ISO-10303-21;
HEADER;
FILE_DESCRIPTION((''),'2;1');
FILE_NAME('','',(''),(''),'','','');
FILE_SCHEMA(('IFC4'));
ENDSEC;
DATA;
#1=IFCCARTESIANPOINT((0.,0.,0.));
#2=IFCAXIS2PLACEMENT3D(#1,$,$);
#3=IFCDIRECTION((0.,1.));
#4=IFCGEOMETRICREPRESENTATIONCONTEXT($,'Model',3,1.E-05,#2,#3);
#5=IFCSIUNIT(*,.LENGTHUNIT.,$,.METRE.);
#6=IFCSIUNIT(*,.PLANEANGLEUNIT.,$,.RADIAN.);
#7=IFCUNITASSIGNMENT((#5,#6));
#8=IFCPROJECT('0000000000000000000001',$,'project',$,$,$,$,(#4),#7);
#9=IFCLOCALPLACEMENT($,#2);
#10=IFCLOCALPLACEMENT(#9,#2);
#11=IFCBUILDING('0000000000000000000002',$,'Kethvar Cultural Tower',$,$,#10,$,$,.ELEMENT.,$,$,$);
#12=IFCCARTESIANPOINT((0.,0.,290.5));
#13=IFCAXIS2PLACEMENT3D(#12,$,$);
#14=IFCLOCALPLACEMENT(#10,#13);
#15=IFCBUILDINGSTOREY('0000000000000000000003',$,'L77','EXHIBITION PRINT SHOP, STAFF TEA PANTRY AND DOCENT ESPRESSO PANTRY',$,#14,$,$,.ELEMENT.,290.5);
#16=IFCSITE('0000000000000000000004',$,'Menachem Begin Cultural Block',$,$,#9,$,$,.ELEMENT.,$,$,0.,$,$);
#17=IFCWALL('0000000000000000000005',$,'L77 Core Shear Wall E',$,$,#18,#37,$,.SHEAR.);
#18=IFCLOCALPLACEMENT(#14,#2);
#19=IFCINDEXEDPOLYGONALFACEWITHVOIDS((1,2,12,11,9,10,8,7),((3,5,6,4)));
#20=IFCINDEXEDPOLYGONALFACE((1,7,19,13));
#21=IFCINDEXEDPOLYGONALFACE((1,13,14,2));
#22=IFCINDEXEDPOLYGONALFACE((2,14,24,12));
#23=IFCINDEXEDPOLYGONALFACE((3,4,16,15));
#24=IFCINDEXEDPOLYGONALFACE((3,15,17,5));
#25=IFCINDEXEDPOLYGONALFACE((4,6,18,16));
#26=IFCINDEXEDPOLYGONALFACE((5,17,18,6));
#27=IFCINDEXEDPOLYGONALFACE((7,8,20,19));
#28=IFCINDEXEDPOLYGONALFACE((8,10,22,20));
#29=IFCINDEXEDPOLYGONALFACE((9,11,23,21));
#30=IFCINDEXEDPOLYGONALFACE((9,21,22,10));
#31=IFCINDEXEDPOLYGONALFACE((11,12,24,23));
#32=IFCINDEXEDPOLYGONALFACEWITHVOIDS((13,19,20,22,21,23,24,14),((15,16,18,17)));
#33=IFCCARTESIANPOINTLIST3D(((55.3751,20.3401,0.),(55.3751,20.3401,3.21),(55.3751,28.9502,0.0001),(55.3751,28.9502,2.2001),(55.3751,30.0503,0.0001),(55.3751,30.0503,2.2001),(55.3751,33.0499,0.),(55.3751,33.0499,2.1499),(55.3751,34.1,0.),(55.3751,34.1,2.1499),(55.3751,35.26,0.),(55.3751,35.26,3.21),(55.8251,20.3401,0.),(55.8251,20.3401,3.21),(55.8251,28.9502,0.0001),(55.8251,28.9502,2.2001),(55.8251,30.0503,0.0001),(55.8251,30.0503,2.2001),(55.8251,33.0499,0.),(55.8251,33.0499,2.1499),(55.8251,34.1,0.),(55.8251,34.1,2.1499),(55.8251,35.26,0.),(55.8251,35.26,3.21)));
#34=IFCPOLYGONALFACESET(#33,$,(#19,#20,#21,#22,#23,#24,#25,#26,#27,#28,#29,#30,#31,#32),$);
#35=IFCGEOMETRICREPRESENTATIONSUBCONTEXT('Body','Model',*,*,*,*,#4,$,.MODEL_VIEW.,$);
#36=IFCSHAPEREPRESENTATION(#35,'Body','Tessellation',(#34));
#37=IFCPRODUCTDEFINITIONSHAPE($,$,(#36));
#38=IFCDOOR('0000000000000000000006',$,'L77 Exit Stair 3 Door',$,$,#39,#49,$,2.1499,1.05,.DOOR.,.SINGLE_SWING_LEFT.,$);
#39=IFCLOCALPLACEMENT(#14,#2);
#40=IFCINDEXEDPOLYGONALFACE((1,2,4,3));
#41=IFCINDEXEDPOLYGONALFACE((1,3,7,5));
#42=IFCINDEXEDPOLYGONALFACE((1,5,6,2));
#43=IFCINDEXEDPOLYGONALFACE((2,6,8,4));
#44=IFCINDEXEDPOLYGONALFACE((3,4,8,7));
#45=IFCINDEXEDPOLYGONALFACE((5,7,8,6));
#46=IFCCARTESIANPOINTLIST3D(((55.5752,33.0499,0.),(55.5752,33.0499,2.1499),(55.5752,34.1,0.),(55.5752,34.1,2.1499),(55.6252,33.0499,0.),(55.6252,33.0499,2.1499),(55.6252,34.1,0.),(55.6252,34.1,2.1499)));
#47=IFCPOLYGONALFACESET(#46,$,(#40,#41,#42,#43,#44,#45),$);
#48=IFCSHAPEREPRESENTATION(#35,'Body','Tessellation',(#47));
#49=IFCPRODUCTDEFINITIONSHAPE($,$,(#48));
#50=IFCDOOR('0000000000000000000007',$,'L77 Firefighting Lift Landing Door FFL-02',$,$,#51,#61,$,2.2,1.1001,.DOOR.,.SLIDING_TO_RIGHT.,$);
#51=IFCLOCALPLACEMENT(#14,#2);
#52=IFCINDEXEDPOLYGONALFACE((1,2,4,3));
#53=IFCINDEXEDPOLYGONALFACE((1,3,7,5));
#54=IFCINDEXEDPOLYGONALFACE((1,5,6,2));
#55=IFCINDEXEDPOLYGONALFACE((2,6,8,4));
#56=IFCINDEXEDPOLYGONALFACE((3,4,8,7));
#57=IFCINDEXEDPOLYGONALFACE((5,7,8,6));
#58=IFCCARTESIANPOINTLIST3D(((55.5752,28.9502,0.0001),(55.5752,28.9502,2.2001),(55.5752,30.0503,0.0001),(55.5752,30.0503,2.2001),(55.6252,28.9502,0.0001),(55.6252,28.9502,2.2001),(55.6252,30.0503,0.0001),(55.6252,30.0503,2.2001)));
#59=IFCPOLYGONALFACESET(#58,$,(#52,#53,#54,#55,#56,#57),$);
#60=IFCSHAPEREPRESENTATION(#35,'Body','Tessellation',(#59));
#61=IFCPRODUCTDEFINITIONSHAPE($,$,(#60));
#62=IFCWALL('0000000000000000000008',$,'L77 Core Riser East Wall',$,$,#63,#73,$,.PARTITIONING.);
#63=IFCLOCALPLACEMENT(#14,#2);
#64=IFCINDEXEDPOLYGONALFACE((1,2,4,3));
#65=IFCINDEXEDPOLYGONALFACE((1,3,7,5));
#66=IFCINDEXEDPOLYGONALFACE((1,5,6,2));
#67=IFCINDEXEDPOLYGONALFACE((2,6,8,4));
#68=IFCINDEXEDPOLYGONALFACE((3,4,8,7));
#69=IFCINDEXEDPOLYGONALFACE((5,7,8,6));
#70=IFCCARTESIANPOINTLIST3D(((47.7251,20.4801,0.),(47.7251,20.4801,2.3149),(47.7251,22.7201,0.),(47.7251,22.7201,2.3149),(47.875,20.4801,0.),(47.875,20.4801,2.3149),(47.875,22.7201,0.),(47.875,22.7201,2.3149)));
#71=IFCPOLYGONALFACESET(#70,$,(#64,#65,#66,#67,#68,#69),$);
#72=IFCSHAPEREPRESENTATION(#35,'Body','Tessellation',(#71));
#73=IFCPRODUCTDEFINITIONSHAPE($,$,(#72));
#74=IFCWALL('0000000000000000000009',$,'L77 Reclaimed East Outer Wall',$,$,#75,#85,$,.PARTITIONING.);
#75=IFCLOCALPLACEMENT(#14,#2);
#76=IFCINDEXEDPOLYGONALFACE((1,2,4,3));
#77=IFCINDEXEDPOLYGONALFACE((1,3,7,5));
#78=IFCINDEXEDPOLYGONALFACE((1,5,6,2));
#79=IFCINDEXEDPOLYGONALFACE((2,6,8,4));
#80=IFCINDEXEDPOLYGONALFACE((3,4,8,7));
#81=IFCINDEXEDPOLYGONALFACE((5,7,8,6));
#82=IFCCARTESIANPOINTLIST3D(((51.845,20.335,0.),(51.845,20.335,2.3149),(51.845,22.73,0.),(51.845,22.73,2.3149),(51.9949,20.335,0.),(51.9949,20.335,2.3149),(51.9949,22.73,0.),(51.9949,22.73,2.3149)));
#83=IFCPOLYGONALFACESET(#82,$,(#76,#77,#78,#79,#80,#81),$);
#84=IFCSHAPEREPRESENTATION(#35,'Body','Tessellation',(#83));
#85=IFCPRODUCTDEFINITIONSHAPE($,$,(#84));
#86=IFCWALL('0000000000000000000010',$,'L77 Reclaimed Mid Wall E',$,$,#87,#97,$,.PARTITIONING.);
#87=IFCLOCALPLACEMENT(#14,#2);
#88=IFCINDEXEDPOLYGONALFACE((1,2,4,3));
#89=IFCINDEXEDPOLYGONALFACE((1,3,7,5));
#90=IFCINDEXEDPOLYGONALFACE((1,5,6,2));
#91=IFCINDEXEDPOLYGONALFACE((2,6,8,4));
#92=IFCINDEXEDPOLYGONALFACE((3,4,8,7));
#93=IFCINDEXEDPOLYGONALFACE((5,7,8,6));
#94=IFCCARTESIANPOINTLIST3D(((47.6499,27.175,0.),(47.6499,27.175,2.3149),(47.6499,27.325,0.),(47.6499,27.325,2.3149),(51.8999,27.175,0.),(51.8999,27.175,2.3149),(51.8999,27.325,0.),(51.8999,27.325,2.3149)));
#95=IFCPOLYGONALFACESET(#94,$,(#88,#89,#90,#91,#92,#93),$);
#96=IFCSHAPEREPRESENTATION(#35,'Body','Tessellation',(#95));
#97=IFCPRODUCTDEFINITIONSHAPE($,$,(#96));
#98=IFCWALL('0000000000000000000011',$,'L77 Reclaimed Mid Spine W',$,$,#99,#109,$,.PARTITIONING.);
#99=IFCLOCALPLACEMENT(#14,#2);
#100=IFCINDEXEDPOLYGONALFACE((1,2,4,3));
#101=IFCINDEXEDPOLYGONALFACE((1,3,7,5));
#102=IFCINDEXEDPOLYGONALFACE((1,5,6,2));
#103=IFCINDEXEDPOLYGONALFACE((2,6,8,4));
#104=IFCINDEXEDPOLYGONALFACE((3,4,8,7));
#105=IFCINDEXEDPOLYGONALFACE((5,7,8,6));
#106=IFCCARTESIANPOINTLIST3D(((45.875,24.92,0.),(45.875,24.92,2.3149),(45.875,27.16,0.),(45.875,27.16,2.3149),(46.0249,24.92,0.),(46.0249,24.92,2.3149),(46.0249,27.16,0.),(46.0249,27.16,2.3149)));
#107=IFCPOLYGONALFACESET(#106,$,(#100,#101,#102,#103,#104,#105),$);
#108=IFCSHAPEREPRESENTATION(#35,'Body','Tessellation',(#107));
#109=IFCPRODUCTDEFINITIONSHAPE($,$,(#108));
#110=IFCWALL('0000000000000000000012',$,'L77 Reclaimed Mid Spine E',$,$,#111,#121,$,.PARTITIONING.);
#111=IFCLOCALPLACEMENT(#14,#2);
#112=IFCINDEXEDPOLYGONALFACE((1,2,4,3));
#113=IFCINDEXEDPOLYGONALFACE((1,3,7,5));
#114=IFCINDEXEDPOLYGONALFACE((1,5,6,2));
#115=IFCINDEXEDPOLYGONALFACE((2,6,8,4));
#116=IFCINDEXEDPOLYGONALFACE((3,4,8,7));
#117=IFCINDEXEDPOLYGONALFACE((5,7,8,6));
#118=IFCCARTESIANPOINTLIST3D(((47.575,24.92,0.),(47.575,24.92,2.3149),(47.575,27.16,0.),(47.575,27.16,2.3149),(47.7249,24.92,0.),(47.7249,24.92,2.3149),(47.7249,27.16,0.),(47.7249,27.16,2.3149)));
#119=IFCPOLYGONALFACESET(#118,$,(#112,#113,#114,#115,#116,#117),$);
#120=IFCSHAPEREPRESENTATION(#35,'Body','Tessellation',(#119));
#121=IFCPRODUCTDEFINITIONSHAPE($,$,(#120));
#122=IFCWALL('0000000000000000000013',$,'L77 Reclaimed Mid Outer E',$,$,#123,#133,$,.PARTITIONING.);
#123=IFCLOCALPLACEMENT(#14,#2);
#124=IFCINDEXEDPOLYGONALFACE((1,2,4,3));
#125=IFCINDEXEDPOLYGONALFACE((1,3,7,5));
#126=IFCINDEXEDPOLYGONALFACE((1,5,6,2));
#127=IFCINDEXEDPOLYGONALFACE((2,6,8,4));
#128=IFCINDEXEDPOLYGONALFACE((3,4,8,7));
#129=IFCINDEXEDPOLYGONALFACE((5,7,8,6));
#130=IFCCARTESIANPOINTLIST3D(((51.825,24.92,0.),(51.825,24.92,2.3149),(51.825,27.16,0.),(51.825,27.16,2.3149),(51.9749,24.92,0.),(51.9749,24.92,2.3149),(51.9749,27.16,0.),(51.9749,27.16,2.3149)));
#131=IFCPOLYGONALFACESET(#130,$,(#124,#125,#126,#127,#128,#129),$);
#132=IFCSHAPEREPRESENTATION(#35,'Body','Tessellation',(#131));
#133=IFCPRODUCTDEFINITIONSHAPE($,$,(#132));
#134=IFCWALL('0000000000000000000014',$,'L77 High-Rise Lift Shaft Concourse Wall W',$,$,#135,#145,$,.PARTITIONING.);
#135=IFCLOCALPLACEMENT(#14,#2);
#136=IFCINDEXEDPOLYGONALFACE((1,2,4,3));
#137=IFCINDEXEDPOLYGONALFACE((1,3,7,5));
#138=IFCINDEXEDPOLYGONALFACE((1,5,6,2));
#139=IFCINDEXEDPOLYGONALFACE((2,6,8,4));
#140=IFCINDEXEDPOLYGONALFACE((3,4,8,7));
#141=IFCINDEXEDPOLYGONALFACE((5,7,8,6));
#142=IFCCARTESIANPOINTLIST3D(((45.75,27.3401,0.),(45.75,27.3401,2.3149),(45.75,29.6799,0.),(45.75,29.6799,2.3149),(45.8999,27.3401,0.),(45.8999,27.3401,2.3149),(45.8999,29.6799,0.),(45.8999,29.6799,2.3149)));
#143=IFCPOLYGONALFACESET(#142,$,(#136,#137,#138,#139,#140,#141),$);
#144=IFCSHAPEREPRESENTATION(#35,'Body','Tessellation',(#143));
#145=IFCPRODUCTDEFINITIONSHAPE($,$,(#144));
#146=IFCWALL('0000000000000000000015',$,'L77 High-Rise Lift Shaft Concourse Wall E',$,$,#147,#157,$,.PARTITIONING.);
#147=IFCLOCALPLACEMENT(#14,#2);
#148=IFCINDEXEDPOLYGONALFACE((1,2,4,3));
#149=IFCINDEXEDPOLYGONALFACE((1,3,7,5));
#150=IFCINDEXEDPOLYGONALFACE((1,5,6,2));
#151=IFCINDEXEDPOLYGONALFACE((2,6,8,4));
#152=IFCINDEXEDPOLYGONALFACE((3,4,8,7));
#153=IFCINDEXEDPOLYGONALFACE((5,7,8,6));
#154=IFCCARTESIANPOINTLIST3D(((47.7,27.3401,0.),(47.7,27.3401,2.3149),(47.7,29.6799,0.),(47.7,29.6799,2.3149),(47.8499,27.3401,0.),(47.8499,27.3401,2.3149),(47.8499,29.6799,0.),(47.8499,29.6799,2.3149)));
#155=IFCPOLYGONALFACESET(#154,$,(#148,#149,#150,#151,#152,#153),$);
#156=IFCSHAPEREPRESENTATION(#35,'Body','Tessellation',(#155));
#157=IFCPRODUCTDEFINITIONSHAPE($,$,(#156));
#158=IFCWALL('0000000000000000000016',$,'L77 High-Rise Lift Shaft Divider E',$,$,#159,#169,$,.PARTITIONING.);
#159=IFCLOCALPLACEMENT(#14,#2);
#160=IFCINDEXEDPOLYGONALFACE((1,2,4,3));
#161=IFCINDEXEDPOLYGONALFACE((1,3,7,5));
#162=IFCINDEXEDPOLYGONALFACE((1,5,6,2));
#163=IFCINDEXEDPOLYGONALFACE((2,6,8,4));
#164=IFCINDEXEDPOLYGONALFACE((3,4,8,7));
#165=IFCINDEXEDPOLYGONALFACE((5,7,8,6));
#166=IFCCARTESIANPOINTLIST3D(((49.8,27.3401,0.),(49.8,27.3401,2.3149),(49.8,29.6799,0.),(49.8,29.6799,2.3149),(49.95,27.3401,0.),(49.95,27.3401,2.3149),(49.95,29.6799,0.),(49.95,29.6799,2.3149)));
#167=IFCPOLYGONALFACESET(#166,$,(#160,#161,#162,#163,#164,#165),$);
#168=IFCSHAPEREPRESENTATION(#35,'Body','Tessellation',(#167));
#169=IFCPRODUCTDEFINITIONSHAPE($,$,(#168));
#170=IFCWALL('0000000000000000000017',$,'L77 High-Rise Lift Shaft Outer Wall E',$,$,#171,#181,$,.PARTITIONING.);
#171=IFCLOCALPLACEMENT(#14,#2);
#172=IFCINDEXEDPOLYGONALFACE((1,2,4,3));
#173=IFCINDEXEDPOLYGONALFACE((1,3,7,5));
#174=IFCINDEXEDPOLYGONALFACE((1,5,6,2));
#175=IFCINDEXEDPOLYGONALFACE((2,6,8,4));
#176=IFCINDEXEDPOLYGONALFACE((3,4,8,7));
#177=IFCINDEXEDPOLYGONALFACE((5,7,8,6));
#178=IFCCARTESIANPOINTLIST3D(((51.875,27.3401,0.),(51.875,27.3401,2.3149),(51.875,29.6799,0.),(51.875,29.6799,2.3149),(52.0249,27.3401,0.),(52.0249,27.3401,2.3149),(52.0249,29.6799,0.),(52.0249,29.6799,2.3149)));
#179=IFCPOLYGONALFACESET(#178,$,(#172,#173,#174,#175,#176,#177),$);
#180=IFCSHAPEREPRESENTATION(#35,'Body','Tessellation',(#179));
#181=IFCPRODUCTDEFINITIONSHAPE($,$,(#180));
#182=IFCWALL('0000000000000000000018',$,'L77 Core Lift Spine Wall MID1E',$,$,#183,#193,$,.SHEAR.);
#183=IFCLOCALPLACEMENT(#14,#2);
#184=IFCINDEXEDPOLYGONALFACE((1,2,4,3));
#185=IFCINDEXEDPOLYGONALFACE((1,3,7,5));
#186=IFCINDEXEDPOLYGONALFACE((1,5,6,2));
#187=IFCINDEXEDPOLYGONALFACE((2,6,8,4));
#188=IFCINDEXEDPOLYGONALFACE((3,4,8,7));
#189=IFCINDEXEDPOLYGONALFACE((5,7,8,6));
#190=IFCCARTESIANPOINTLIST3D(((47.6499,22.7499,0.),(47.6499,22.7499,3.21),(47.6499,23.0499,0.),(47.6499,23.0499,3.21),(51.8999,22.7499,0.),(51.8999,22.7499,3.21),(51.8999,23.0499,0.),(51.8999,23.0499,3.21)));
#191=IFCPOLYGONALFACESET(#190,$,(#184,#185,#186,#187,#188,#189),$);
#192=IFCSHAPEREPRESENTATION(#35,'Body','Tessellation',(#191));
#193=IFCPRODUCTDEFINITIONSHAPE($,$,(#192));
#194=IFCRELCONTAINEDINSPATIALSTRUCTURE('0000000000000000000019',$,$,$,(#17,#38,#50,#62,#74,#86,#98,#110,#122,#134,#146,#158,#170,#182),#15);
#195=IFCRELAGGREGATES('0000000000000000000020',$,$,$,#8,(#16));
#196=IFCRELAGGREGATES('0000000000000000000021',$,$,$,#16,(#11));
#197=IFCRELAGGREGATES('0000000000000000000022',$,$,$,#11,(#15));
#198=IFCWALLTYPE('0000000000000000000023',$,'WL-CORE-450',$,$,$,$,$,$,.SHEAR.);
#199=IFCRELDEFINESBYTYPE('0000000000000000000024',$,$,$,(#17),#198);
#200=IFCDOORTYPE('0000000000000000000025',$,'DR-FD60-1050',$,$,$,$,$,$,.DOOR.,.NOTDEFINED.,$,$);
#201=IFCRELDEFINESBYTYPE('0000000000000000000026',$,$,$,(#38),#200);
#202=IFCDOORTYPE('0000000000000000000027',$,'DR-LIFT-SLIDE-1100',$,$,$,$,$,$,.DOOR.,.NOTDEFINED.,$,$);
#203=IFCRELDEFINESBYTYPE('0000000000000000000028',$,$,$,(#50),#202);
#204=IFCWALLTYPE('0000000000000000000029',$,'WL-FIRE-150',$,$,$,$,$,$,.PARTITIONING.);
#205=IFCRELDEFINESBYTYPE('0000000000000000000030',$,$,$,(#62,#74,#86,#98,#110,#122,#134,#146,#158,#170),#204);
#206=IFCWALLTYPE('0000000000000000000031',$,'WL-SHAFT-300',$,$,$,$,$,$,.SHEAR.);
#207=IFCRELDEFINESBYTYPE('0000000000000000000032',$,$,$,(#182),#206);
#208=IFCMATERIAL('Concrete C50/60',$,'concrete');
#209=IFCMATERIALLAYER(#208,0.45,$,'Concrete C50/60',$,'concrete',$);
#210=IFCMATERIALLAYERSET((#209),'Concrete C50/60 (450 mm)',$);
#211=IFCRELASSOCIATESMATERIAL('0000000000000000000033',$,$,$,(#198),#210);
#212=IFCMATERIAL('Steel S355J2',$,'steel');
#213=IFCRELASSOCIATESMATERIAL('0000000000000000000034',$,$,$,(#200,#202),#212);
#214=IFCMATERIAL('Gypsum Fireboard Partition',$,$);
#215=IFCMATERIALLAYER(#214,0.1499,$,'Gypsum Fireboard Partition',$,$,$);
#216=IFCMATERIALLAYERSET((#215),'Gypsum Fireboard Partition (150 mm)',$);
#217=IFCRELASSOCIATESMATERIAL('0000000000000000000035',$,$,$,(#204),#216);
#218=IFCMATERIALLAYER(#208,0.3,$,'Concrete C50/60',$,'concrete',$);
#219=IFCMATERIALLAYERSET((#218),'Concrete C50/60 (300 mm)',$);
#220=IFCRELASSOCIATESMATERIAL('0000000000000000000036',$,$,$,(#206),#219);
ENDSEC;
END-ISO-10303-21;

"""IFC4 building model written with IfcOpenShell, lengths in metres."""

from ifc_helpers import new_model, si_unit, direction, frame, frame_2d, origin, place, context, subcontext, project, spatial, rectangle, extrude, source, transform, mapped, material, layer, layer_set, type_object, element, fill, save


model = new_model("IFC4")

# Units and contexts
model_context = context("Model", 3, precision=1e-05, world=origin(), true_north=direction((0.0, 1.0)))
body_context = subcontext(model_context, "Body", "Model", "MODEL_VIEW")
ifc_project = project(units=[si_unit("LENGTHUNIT", "METRE"), si_unit("PLANEANGLEUNIT", "RADIAN")], contexts=[model_context])

# Site, building, storey
site_placement = place(None, origin())
site = spatial("IfcSite", under=ifc_project, at=site_placement, Name="Menachem Begin Cultural Block", CompositionType="ELEMENT", RefElevation=0.0)
building_placement = place(site_placement, origin())
building = spatial("IfcBuilding", under=site, at=building_placement, Name="Kethvar Cultural Tower", CompositionType="ELEMENT")
storey_placement = place(building_placement, frame((0.0, 0.0, 290.5)))
storey = spatial("IfcBuildingStorey", under=building, at=storey_placement, Name="L77", Description="EXHIBITION PRINT SHOP, STAFF TEA PANTRY AND DOCENT ESPRESSO PANTRY", CompositionType="ELEMENT", Elevation=290.5)

# Shared definitions
ifc_material_1 = material(Name="Steel S355J2", Category="steel")

# Wall, openings, doors
ifc_material_2 = material(Name="Concrete C50/60", Category="concrete")
ifc_layer_1 = layer(ifc_material_2, 0.45, Name="Concrete C50/60", Category="concrete")
ifc_layer_set_1 = layer_set([ifc_layer_1], Name="Concrete C50/60 (450 mm)")
wall_type_1 = type_object("IfcWallType", Name="WL-CORE-450", PredefinedType="SHEAR", material=ifc_layer_set_1)
wall_1_placement = place(storey_placement, frame((55.6001, 20.3401, 0.0), z_axis=(0.0, 0.0, 1.0), x_axis=(0.0, 1.0, 0.0)))
wall_1 = element("IfcWall", 1, at=wall_1_placement, inside=storey, type_object=wall_type_1, Name="L77 Core Shear Wall E", PredefinedType="SHEAR", context=body_context, shape_type="SweptSolid", body=[
    extrude(rectangle(XDim=14.9199, YDim=0.45, at=frame_2d((7.46, 0.0))), origin(), (0.0, 0.0, 1.0), 3.21),
])
opening_1_placement = place(wall_1_placement, frame((12.71, 0.0, 0.0)))
opening_1 = element("IfcOpeningElement", 2, at=opening_1_placement, cuts=wall_1, PredefinedType="OPENING", context=body_context, shape_type="SweptSolid", body=[
    extrude(rectangle(XDim=1.05, YDim=2.1499, at=frame_2d((0.5249, 1.075))), frame((0.0, 0.2349, 0.0), z_axis=(0.0, -1.0, 0.0), x_axis=(1.0, 0.0, 0.0)), (0.0, 0.0, 1.0), 0.47),
])
opening_2_placement = place(wall_1_placement, frame((8.6101, 0.0, 0.0)))
opening_2 = element("IfcOpeningElement", 3, at=opening_2_placement, cuts=wall_1, PredefinedType="OPENING", context=body_context, shape_type="SweptSolid", body=[
    extrude(rectangle(XDim=1.1001, YDim=2.2, at=frame_2d((0.55, 1.1001))), frame((0.0, 0.2349, 0.0), z_axis=(0.0, -1.0, 0.0), x_axis=(1.0, 0.0, 0.0)), (0.0, 0.0, 1.0), 0.47),
])
door_type_1 = type_object("IfcDoorType", Name="DR-FD60-1050", OperationType="NOTDEFINED", PredefinedType="DOOR", material=ifc_material_1)
shared_shape_1 = source(origin(), body_context, "Body", "SweptSolid", [
    extrude(rectangle(XDim=1.05, YDim=2.1499, at=frame_2d((0.5249, 1.075))), frame((0.0, 0.0249, 0.0), z_axis=(0.0, -1.0, 0.0), x_axis=(1.0, 0.0, 0.0)), (0.0, 0.0, 1.0), 0.05),
])
door_1_placement = place(opening_1_placement, origin())
door_1 = element("IfcDoor", 4, at=door_1_placement, inside=storey, type_object=door_type_1, Name="L77 Exit Stair 3 Door", OperationType="SINGLE_SWING_LEFT", OverallHeight=2.1499, OverallWidth=1.05, PredefinedType="DOOR", context=body_context, shape_type="MappedRepresentation", body=[
    mapped(shared_shape_1, transform((0.0, 0.0, 0.0), scale=1.0)),
])
fill(opening_1, door_1)
door_type_2 = type_object("IfcDoorType", Name="DR-LIFT-SLIDE-1100", OperationType="NOTDEFINED", PredefinedType="DOOR", material=ifc_material_1)
shared_shape_2 = source(origin(), body_context, "Body", "SweptSolid", [
    extrude(rectangle(XDim=1.1001, YDim=2.2, at=frame_2d((0.55, 1.1001))), frame((0.0, 0.0249, 0.0), z_axis=(0.0, -1.0, 0.0), x_axis=(1.0, 0.0, 0.0)), (0.0, 0.0, 1.0), 0.05),
])
door_2_placement = place(opening_2_placement, origin())
door_2 = element("IfcDoor", 5, at=door_2_placement, inside=storey, type_object=door_type_2, Name="L77 Firefighting Lift Landing Door FFL-02", OperationType="SLIDING_TO_RIGHT", OverallHeight=2.2, OverallWidth=1.1001, PredefinedType="DOOR", context=body_context, shape_type="MappedRepresentation", body=[
    mapped(shared_shape_2, transform((0.0, 0.0, 0.0), scale=1.0)),
])
fill(opening_2, door_2)

# Walls
ifc_material_3 = material(Name="Gypsum Fireboard Partition")
ifc_layer_2 = layer(ifc_material_3, 0.1499, Name="Gypsum Fireboard Partition")
ifc_layer_set_2 = layer_set([ifc_layer_2], Name="Gypsum Fireboard Partition (150 mm)")
wall_type_2 = type_object("IfcWallType", Name="WL-FIRE-150", PredefinedType="PARTITIONING", material=ifc_layer_set_2)
wall_2_placement = place(storey_placement, frame((47.8, 20.48, 0.0), z_axis=(0.0, 0.0, 1.0), x_axis=(0.0, 1.0, 0.0)))
element("IfcWall", 6, at=wall_2_placement, inside=storey, type_object=wall_type_2, Name="L77 Core Riser East Wall", PredefinedType="PARTITIONING", context=body_context, shape_type="SweptSolid", body=[
    extrude(rectangle(XDim=2.24, YDim=0.1499, at=frame_2d((1.1201, 0.0))), origin(), (0.0, 0.0, 1.0), 2.3149),
])
wall_3_placement = place(storey_placement, frame((51.9199, 20.335, 0.0), z_axis=(0.0, 0.0, 1.0), x_axis=(0.0, 1.0, 0.0)))
element("IfcWall", 7, at=wall_3_placement, inside=storey, type_object=wall_type_2, Name="L77 Reclaimed East Outer Wall", PredefinedType="PARTITIONING", context=body_context, shape_type="SweptSolid", body=[
    extrude(rectangle(XDim=2.395, YDim=0.1499, at=frame_2d((1.1975, 0.0))), origin(), (0.0, 0.0, 1.0), 2.3149),
])
wall_4_placement = place(storey_placement, frame((47.6499, 27.25, 0.0), z_axis=(0.0, 0.0, 1.0), x_axis=(1.0, 0.0, 0.0)))
element("IfcWall", 8, at=wall_4_placement, inside=storey, type_object=wall_type_2, Name="L77 Reclaimed Mid Wall E", PredefinedType="PARTITIONING", context=body_context, shape_type="SweptSolid", body=[
    extrude(rectangle(XDim=4.25, YDim=0.1499, at=frame_2d((2.125, 0.0))), origin(), (0.0, 0.0, 1.0), 2.3149),
])
for number, where, z_axis, x_axis, name in (
    (9, (45.95, 24.9199, 0.0), (0.0, 0.0, 1.0), (0.0, 1.0, 0.0), "L77 Reclaimed Mid Spine W"),
    (10, (47.6499, 24.9199, 0.0), (0.0, 0.0, 1.0), (0.0, 1.0, 0.0), "L77 Reclaimed Mid Spine E"),
    (11, (51.8999, 24.9199, 0.0), (0.0, 0.0, 1.0), (0.0, 1.0, 0.0), "L77 Reclaimed Mid Outer E"),
):
    element("IfcWall", number, at=place(storey_placement, frame(where, z_axis=z_axis, x_axis=x_axis)), inside=storey, type_object=wall_type_2, Name=name, PredefinedType="PARTITIONING", context=body_context, shape_type="SweptSolid", body=[
        extrude(rectangle(XDim=2.24, YDim=0.1499, at=frame_2d((1.1201, 0.0))), origin(), (0.0, 0.0, 1.0), 2.3149),
    ])
for number, where, z_axis, x_axis, name in (
    (12, (45.825, 27.3401, 0.0), (0.0, 0.0, 1.0), (0.0, 1.0, 0.0), "L77 High-Rise Lift Shaft Concourse Wall W"),
    (13, (47.7749, 27.3401, 0.0), (0.0, 0.0, 1.0), (0.0, 1.0, 0.0), "L77 High-Rise Lift Shaft Concourse Wall E"),
    (14, (49.875, 27.3401, 0.0), (0.0, 0.0, 1.0), (0.0, 1.0, 0.0), "L77 High-Rise Lift Shaft Divider E"),
    (15, (51.95, 27.3401, 0.0), (0.0, 0.0, 1.0), (0.0, 1.0, 0.0), "L77 High-Rise Lift Shaft Outer Wall E"),
):
    element("IfcWall", number, at=place(storey_placement, frame(where, z_axis=z_axis, x_axis=x_axis)), inside=storey, type_object=wall_type_2, Name=name, PredefinedType="PARTITIONING", context=body_context, shape_type="SweptSolid", body=[
        extrude(rectangle(XDim=2.3398, YDim=0.1499, at=frame_2d((1.1699, 0.0))), origin(), (0.0, 0.0, 1.0), 2.3149),
    ])
ifc_layer_3 = layer(ifc_material_2, 0.3, Name="Concrete C50/60", Category="concrete")
ifc_layer_set_3 = layer_set([ifc_layer_3], Name="Concrete C50/60 (300 mm)")
wall_type_3 = type_object("IfcWallType", Name="WL-SHAFT-300", PredefinedType="SHEAR", material=ifc_layer_set_3)
wall_5_placement = place(storey_placement, frame((47.6499, 22.8999, 0.0), z_axis=(0.0, 0.0, 1.0), x_axis=(1.0, 0.0, 0.0)))
element("IfcWall", 16, at=wall_5_placement, inside=storey, type_object=wall_type_3, Name="L77 Core Lift Spine Wall MID1E", PredefinedType="SHEAR", context=body_context, shape_type="SweptSolid", body=[
    extrude(rectangle(XDim=4.25, YDim=0.3, at=frame_2d((2.125, 0.0))), origin(), (0.0, 0.0, 1.0), 3.21),
])

save(model, "model.ifc")
